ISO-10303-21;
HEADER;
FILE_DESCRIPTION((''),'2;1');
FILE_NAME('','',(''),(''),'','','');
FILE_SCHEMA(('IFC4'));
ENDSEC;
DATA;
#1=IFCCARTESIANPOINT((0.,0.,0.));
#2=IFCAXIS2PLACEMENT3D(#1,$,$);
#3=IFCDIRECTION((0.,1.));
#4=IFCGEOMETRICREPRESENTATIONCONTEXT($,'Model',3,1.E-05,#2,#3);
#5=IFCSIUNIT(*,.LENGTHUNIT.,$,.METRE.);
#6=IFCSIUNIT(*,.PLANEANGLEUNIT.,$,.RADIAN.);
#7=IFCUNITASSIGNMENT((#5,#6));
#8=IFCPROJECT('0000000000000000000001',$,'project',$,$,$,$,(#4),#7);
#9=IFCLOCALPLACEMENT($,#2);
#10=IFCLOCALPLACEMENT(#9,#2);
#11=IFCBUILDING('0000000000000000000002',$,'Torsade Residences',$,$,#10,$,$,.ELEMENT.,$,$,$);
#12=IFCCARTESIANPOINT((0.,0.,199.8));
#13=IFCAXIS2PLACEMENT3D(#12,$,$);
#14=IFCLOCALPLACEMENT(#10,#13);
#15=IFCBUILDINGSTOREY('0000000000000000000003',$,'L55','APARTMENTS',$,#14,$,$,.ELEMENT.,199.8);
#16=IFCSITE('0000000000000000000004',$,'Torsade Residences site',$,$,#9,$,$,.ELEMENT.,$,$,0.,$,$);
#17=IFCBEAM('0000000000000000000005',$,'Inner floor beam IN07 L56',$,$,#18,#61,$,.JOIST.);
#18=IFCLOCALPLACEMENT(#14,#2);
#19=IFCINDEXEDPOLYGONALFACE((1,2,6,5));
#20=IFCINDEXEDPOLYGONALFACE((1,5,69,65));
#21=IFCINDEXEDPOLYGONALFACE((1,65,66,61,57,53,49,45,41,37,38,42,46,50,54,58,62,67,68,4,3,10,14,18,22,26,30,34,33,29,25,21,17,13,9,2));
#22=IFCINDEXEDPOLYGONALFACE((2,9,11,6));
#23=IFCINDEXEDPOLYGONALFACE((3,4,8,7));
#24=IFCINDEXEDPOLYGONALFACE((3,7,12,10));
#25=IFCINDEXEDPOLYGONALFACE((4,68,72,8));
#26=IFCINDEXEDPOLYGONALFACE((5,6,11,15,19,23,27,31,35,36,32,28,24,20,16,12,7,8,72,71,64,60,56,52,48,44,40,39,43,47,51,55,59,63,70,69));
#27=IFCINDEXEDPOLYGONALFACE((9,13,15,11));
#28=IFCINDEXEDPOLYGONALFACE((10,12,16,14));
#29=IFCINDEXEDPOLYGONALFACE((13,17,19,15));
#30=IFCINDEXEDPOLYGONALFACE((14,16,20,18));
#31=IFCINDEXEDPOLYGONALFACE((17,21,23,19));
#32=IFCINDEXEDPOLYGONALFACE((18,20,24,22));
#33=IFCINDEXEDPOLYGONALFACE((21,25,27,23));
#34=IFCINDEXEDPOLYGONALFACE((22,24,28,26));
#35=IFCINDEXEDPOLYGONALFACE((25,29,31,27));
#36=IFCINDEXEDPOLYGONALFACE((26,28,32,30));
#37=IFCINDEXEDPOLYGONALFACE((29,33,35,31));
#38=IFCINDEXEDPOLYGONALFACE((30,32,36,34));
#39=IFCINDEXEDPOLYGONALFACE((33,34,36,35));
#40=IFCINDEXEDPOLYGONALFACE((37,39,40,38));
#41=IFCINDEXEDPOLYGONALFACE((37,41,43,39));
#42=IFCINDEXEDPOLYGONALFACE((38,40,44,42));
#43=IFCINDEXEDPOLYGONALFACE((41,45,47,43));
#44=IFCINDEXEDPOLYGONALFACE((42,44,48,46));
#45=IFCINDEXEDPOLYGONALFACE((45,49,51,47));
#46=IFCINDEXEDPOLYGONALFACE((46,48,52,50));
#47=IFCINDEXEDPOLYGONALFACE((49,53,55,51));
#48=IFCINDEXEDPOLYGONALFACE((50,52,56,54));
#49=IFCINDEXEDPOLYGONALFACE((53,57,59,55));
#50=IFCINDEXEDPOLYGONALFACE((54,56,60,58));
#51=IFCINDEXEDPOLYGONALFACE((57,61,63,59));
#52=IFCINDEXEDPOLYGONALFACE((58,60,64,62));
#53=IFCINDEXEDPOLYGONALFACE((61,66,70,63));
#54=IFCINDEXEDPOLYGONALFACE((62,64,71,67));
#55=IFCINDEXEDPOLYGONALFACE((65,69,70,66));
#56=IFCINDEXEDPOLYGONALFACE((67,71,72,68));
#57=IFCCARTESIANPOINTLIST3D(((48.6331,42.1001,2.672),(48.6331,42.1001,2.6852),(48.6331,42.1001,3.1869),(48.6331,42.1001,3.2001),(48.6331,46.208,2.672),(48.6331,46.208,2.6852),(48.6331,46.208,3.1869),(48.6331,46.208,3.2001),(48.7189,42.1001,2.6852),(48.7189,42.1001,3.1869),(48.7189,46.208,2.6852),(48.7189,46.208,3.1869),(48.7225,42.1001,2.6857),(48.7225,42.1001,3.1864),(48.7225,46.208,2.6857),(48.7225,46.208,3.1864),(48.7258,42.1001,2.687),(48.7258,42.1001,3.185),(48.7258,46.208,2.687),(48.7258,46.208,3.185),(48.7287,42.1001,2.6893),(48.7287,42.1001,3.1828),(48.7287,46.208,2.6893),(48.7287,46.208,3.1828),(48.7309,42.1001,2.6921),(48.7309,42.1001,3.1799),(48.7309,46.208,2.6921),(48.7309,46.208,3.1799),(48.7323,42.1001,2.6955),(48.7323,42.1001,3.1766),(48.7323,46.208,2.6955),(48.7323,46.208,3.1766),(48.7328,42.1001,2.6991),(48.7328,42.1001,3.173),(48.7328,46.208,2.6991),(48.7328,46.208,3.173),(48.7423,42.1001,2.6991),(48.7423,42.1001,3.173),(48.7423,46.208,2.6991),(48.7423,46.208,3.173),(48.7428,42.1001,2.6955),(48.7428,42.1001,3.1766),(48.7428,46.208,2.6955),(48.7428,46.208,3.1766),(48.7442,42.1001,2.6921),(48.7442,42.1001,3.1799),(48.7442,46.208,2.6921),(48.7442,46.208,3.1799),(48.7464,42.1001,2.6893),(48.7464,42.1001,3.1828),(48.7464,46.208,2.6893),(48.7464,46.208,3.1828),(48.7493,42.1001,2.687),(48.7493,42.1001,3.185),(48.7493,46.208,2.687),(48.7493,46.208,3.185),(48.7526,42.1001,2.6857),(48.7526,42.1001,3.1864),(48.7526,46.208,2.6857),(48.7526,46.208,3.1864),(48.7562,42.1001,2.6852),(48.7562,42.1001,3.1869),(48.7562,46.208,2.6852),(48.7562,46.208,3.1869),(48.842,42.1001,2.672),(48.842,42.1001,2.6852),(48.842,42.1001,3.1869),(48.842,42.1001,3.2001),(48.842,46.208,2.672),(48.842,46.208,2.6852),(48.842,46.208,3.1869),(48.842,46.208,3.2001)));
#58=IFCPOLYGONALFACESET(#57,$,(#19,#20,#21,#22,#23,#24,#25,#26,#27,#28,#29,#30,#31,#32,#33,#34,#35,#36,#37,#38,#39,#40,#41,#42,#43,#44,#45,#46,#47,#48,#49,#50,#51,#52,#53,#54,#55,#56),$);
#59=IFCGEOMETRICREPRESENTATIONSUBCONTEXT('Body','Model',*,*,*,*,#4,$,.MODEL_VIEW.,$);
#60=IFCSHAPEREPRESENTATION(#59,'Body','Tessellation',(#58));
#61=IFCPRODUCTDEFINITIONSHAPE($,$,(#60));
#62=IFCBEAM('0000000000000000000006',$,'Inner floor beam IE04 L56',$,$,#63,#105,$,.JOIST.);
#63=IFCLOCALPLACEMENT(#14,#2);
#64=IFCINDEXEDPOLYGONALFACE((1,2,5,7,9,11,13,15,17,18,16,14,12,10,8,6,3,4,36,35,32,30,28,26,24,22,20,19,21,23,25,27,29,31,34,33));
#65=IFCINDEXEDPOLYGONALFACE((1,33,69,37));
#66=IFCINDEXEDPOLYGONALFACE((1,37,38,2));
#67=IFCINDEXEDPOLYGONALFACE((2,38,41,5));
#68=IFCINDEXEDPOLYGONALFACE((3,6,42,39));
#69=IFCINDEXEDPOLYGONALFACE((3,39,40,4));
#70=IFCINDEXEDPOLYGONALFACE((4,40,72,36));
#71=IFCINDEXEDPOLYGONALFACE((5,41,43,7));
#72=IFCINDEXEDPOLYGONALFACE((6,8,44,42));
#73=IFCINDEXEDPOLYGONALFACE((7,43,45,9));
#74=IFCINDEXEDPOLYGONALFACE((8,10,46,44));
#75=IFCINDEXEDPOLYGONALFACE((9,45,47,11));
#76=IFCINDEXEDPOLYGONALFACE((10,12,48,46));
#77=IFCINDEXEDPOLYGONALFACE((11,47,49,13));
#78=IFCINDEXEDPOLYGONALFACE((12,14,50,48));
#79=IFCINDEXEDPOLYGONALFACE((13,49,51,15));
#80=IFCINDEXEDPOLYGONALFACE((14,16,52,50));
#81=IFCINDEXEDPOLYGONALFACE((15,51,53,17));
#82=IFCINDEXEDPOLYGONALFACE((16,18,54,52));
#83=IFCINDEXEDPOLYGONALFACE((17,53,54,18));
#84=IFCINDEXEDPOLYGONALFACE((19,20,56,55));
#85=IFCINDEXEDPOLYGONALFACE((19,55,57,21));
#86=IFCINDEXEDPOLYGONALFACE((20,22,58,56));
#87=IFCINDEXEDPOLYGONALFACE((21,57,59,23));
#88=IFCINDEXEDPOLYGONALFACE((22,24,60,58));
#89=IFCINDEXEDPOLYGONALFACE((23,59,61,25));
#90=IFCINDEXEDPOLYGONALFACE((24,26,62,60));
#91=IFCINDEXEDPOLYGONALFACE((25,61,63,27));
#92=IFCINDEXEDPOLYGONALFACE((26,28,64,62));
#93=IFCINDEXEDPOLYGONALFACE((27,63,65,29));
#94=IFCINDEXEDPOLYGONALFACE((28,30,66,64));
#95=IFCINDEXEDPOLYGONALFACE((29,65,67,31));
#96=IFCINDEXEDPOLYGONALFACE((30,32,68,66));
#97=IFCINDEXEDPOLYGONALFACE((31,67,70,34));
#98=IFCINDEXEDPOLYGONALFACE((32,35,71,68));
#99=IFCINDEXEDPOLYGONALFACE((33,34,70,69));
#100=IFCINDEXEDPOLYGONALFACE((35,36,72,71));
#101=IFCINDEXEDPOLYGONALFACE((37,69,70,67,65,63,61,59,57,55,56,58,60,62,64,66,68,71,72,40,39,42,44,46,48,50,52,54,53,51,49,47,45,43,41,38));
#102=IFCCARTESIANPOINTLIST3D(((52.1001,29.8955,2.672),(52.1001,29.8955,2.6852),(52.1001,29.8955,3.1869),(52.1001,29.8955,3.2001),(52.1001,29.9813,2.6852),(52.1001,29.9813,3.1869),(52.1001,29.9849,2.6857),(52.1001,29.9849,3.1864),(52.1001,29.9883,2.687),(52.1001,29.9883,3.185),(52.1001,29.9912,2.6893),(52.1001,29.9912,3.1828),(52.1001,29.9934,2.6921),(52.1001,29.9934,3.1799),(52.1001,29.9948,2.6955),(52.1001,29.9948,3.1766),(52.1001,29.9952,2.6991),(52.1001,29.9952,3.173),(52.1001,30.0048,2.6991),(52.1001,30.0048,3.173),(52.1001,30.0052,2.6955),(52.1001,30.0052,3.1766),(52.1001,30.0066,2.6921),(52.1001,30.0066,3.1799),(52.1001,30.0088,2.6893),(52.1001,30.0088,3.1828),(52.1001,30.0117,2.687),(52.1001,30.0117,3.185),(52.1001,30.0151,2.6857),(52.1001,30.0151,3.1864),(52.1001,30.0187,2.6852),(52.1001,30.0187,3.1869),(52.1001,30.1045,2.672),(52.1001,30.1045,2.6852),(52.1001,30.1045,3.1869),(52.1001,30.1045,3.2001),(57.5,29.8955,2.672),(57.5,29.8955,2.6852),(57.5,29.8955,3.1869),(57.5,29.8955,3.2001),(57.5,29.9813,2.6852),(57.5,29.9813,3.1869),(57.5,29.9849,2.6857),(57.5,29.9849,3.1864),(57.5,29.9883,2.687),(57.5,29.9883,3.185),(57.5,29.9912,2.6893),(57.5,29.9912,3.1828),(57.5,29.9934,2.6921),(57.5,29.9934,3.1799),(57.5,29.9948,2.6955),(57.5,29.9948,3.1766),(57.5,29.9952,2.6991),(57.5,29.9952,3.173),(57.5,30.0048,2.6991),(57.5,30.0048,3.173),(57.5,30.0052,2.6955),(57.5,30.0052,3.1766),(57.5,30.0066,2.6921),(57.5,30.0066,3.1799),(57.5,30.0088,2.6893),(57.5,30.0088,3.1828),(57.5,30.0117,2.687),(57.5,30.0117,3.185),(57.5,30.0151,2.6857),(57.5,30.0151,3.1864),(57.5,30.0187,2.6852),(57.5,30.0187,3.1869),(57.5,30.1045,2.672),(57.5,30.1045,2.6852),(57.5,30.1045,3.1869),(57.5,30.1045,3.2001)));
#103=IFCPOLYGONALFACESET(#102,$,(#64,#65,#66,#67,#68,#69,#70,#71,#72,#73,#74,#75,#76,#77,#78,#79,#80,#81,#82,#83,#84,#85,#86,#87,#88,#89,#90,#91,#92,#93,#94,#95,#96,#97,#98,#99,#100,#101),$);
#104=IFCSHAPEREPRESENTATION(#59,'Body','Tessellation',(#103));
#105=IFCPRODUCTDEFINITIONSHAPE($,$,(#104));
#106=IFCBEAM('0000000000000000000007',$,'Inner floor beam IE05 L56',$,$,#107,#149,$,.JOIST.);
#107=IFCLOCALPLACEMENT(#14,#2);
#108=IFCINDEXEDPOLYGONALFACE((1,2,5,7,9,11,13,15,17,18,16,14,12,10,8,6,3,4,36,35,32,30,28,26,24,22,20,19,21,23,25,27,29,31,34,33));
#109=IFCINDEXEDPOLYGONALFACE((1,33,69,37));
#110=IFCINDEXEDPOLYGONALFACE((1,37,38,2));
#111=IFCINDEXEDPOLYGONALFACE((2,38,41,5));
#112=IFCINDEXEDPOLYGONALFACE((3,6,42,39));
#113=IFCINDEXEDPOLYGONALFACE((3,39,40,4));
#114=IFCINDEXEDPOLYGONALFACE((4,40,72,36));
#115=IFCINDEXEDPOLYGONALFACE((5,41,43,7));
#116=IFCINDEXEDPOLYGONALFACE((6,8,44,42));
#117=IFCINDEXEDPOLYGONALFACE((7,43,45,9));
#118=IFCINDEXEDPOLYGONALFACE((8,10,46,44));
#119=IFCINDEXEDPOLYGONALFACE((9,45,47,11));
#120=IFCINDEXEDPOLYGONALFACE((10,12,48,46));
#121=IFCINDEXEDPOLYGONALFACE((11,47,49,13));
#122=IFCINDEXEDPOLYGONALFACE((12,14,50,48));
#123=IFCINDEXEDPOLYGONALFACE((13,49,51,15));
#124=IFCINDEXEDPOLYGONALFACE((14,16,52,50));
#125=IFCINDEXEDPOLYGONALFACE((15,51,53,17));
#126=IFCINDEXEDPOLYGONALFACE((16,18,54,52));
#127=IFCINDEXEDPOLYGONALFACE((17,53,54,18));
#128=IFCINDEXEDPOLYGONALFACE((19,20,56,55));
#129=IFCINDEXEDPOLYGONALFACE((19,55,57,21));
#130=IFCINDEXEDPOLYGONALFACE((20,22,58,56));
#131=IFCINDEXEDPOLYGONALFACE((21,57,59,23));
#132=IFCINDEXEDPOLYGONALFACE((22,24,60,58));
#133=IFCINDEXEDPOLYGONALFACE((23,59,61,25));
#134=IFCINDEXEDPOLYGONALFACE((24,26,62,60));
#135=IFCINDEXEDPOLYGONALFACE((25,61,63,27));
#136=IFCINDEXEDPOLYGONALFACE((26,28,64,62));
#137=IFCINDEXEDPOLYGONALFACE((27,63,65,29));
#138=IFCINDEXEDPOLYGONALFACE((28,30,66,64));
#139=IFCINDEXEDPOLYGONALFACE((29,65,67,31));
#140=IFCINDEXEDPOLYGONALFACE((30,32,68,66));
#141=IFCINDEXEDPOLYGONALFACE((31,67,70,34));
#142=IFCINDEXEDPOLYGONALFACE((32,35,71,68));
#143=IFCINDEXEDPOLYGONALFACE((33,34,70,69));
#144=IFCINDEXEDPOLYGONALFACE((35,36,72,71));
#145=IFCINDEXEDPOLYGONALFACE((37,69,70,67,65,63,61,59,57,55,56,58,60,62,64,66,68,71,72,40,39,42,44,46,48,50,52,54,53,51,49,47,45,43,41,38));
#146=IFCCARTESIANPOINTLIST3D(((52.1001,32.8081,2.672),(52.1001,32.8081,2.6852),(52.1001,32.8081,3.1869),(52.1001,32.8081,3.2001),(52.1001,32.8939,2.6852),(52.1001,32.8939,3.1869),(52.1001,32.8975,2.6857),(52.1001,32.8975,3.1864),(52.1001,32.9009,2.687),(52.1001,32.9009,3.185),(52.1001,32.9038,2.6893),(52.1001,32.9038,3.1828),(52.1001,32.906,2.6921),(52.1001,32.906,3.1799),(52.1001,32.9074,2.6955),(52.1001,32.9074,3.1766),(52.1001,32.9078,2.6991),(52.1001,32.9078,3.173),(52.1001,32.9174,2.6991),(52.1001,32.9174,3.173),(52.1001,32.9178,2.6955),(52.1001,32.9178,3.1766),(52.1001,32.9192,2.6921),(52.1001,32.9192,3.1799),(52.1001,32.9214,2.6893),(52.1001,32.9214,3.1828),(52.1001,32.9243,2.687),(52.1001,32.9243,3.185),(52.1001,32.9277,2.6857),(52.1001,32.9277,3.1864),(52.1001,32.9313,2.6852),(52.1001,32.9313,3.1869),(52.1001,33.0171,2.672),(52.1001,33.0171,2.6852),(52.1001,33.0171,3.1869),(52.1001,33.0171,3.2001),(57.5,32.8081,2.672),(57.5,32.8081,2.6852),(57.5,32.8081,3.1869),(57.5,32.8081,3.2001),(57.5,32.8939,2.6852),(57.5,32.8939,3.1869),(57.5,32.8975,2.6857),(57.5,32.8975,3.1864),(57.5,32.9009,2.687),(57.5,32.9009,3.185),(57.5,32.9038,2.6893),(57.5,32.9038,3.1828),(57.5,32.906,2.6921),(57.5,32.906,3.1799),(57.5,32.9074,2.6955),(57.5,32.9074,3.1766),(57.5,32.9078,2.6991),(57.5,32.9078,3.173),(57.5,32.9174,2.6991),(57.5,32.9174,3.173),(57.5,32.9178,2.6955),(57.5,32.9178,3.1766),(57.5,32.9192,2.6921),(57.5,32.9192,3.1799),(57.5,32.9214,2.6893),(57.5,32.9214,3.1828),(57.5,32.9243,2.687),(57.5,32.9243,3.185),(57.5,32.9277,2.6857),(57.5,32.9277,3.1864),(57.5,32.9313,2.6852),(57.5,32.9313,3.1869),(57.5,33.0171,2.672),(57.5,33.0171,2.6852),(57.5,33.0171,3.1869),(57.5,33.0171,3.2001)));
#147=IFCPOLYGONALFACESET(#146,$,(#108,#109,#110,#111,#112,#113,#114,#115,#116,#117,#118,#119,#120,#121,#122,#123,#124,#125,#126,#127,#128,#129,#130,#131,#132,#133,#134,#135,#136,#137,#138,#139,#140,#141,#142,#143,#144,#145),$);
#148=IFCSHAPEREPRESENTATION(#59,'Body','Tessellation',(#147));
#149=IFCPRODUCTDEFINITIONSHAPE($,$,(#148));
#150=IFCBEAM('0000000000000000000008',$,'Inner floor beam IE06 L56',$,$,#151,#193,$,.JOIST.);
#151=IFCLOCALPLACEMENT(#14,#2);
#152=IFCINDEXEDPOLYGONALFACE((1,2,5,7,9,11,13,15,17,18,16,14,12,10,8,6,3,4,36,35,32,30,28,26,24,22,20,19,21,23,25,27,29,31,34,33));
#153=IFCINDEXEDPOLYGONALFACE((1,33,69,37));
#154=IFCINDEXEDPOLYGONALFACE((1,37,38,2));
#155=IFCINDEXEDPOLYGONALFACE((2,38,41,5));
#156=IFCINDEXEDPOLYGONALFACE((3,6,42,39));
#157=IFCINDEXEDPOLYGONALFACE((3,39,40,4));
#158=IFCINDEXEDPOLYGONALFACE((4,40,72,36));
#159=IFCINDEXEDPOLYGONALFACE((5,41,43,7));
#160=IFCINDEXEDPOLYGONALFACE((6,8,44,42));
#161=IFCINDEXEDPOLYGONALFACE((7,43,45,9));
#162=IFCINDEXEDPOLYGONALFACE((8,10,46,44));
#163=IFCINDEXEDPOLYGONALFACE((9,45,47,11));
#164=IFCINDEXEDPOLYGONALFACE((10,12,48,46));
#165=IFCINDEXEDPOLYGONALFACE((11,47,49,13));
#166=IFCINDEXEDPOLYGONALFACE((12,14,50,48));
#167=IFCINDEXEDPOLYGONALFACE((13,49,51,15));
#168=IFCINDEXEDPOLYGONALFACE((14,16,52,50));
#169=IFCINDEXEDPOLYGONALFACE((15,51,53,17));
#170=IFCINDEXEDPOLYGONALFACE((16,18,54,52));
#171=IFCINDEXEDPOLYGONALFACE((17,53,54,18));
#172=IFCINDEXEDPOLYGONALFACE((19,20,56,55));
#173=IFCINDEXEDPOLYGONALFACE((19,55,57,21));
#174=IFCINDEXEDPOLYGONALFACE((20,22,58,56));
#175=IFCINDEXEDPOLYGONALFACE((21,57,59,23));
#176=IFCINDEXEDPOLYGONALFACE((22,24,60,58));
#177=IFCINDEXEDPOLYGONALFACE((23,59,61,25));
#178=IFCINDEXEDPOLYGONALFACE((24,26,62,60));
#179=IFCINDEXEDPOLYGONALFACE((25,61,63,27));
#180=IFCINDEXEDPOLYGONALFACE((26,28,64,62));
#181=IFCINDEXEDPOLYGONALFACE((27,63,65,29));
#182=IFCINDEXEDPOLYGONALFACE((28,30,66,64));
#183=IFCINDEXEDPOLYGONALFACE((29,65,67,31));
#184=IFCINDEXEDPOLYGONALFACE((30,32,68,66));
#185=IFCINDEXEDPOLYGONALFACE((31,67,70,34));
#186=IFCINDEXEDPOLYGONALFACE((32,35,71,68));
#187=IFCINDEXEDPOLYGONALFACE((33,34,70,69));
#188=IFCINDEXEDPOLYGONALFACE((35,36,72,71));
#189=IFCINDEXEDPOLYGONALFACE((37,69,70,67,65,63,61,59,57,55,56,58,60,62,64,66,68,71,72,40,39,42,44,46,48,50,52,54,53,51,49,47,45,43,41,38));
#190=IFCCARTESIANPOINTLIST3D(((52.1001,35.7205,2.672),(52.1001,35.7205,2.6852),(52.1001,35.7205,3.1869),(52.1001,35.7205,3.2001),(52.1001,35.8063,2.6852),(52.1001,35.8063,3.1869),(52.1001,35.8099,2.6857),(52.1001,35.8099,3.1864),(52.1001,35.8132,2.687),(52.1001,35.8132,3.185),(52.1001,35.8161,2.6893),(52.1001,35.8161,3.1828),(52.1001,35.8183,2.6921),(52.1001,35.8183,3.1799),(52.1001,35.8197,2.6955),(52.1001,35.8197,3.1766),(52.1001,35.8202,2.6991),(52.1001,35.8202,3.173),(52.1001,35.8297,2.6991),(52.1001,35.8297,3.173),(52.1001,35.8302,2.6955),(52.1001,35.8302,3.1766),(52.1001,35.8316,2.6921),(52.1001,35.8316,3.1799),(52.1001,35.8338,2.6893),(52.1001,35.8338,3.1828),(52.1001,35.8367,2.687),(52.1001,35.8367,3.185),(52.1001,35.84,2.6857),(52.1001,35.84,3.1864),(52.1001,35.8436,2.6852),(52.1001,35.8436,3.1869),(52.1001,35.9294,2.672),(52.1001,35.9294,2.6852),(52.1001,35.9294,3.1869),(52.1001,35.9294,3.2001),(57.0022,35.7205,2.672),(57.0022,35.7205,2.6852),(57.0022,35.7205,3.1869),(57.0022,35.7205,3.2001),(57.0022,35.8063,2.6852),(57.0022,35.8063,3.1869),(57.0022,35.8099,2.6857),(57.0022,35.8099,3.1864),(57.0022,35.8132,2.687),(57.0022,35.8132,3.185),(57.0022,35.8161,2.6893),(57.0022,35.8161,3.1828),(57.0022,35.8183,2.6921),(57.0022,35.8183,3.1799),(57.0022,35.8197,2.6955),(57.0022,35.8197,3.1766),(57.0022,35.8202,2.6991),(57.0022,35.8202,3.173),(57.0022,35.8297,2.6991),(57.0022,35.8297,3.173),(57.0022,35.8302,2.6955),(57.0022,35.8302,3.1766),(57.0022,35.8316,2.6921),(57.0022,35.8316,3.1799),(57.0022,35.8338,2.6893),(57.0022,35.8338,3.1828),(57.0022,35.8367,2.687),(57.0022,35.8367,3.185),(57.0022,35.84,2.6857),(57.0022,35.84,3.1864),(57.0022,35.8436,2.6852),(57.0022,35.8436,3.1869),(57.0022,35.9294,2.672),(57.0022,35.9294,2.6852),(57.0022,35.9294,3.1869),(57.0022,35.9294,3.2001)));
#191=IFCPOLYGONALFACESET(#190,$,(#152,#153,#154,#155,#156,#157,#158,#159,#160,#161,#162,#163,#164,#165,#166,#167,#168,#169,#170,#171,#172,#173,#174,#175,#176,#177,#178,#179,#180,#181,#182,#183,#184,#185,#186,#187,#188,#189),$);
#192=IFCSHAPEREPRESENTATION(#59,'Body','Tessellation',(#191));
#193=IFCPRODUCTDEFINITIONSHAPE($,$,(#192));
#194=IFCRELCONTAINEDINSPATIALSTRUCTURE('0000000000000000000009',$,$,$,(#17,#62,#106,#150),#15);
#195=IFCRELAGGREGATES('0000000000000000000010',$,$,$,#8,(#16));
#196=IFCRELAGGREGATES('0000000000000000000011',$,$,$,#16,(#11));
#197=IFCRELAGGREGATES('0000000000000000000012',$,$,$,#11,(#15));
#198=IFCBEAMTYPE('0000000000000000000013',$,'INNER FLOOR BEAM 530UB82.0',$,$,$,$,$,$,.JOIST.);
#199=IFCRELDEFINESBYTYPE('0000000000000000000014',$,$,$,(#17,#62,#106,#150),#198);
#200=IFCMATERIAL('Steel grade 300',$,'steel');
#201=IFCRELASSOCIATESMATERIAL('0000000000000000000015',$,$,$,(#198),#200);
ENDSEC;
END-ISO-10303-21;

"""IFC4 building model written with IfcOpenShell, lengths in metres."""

from ifc_helpers import new_model, si_unit, direction, frame, origin, origin_2d, place, context, subcontext, project, spatial, i_section, extrude, material, material_profile, profile_set, type_object, element, save


model = new_model("IFC4")

# Units and contexts
model_context = context("Model", 3, precision=1e-05, world=origin(), true_north=direction((0.0, 1.0)))
body_context = subcontext(model_context, "Body", "Model", "MODEL_VIEW")
ifc_project = project(units=[si_unit("LENGTHUNIT", "METRE"), si_unit("PLANEANGLEUNIT", "RADIAN")], contexts=[model_context])

# Site, building, storey
site_placement = place(None, origin())
site = spatial("IfcSite", under=ifc_project, at=site_placement, Name="Torsade Residences site", CompositionType="ELEMENT", RefElevation=0.0)
building_placement = place(site_placement, origin())
building = spatial("IfcBuilding", under=site, at=building_placement, Name="Torsade Residences", CompositionType="ELEMENT")
storey_placement = place(building_placement, frame((0.0, 0.0, 199.8)))
storey = spatial("IfcBuildingStorey", under=building, at=storey_placement, Name="L55", Description="APARTMENTS", CompositionType="ELEMENT", Elevation=199.8)

# Beams
ifc_material_1 = material(Name="Steel grade 300", Category="steel")
ifc_material_profile_1 = material_profile(ifc_material_1, i_section(OverallWidth=0.209, OverallDepth=0.5281, WebThickness=0.0095, FlangeThickness=0.0132, FilletRadius=0.0139, at=origin_2d()), Name="530UB82.0")
ifc_profile_set_1 = profile_set([ifc_material_profile_1], Name="Steel grade 300")
beam_type_1 = type_object("IfcBeamType", Name="INNER FLOOR BEAM 530UB82.0", PredefinedType="JOIST", material=ifc_profile_set_1)
beam_1_placement = place(storey_placement, frame((48.7375, 42.1001, 2.936), z_axis=(0.0, 1.0, 0.0), x_axis=(-1.0, 0.0, 0.0)))
element("IfcBeam", 1, at=beam_1_placement, inside=storey, type_object=beam_type_1, Name="Inner floor beam IN07 L56", PredefinedType="JOIST", context=body_context, shape_type="SweptSolid", body=[
    extrude(i_section(OverallWidth=0.209, OverallDepth=0.5281, WebThickness=0.0095, FlangeThickness=0.0132, FilletRadius=0.0139, at=origin_2d()), origin(), (0.0, 0.0, 1.0), 4.1079),
])
for number, where, z_axis, x_axis, name in (
    (2, (52.1001, 30.0, 2.936), (1.0, 0.0, 0.0), (0.0, 1.0, 0.0), "Inner floor beam IE04 L56"),
    (3, (52.1001, 32.9126, 2.936), (1.0, 0.0, 0.0), (0.0, 1.0, 0.0), "Inner floor beam IE05 L56"),
):
    element("IfcBeam", number, at=place(storey_placement, frame(where, z_axis=z_axis, x_axis=x_axis)), inside=storey, type_object=beam_type_1, Name=name, PredefinedType="JOIST", context=body_context, shape_type="SweptSolid", body=[
        extrude(i_section(OverallWidth=0.209, OverallDepth=0.5281, WebThickness=0.0095, FlangeThickness=0.0132, FilletRadius=0.0139, at=origin_2d()), origin(), (0.0, 0.0, 1.0), 5.3999),
    ])
beam_2_placement = place(storey_placement, frame((52.1001, 35.825, 2.936), z_axis=(1.0, 0.0, 0.0), x_axis=(0.0, 1.0, 0.0)))
element("IfcBeam", 4, at=beam_2_placement, inside=storey, type_object=beam_type_1, Name="Inner floor beam IE06 L56", PredefinedType="JOIST", context=body_context, shape_type="SweptSolid", body=[
    extrude(i_section(OverallWidth=0.209, OverallDepth=0.5281, WebThickness=0.0095, FlangeThickness=0.0132, FilletRadius=0.0139, at=origin_2d()), origin(), (0.0, 0.0, 1.0), 4.9021),
])

save(model, "model.ifc")
